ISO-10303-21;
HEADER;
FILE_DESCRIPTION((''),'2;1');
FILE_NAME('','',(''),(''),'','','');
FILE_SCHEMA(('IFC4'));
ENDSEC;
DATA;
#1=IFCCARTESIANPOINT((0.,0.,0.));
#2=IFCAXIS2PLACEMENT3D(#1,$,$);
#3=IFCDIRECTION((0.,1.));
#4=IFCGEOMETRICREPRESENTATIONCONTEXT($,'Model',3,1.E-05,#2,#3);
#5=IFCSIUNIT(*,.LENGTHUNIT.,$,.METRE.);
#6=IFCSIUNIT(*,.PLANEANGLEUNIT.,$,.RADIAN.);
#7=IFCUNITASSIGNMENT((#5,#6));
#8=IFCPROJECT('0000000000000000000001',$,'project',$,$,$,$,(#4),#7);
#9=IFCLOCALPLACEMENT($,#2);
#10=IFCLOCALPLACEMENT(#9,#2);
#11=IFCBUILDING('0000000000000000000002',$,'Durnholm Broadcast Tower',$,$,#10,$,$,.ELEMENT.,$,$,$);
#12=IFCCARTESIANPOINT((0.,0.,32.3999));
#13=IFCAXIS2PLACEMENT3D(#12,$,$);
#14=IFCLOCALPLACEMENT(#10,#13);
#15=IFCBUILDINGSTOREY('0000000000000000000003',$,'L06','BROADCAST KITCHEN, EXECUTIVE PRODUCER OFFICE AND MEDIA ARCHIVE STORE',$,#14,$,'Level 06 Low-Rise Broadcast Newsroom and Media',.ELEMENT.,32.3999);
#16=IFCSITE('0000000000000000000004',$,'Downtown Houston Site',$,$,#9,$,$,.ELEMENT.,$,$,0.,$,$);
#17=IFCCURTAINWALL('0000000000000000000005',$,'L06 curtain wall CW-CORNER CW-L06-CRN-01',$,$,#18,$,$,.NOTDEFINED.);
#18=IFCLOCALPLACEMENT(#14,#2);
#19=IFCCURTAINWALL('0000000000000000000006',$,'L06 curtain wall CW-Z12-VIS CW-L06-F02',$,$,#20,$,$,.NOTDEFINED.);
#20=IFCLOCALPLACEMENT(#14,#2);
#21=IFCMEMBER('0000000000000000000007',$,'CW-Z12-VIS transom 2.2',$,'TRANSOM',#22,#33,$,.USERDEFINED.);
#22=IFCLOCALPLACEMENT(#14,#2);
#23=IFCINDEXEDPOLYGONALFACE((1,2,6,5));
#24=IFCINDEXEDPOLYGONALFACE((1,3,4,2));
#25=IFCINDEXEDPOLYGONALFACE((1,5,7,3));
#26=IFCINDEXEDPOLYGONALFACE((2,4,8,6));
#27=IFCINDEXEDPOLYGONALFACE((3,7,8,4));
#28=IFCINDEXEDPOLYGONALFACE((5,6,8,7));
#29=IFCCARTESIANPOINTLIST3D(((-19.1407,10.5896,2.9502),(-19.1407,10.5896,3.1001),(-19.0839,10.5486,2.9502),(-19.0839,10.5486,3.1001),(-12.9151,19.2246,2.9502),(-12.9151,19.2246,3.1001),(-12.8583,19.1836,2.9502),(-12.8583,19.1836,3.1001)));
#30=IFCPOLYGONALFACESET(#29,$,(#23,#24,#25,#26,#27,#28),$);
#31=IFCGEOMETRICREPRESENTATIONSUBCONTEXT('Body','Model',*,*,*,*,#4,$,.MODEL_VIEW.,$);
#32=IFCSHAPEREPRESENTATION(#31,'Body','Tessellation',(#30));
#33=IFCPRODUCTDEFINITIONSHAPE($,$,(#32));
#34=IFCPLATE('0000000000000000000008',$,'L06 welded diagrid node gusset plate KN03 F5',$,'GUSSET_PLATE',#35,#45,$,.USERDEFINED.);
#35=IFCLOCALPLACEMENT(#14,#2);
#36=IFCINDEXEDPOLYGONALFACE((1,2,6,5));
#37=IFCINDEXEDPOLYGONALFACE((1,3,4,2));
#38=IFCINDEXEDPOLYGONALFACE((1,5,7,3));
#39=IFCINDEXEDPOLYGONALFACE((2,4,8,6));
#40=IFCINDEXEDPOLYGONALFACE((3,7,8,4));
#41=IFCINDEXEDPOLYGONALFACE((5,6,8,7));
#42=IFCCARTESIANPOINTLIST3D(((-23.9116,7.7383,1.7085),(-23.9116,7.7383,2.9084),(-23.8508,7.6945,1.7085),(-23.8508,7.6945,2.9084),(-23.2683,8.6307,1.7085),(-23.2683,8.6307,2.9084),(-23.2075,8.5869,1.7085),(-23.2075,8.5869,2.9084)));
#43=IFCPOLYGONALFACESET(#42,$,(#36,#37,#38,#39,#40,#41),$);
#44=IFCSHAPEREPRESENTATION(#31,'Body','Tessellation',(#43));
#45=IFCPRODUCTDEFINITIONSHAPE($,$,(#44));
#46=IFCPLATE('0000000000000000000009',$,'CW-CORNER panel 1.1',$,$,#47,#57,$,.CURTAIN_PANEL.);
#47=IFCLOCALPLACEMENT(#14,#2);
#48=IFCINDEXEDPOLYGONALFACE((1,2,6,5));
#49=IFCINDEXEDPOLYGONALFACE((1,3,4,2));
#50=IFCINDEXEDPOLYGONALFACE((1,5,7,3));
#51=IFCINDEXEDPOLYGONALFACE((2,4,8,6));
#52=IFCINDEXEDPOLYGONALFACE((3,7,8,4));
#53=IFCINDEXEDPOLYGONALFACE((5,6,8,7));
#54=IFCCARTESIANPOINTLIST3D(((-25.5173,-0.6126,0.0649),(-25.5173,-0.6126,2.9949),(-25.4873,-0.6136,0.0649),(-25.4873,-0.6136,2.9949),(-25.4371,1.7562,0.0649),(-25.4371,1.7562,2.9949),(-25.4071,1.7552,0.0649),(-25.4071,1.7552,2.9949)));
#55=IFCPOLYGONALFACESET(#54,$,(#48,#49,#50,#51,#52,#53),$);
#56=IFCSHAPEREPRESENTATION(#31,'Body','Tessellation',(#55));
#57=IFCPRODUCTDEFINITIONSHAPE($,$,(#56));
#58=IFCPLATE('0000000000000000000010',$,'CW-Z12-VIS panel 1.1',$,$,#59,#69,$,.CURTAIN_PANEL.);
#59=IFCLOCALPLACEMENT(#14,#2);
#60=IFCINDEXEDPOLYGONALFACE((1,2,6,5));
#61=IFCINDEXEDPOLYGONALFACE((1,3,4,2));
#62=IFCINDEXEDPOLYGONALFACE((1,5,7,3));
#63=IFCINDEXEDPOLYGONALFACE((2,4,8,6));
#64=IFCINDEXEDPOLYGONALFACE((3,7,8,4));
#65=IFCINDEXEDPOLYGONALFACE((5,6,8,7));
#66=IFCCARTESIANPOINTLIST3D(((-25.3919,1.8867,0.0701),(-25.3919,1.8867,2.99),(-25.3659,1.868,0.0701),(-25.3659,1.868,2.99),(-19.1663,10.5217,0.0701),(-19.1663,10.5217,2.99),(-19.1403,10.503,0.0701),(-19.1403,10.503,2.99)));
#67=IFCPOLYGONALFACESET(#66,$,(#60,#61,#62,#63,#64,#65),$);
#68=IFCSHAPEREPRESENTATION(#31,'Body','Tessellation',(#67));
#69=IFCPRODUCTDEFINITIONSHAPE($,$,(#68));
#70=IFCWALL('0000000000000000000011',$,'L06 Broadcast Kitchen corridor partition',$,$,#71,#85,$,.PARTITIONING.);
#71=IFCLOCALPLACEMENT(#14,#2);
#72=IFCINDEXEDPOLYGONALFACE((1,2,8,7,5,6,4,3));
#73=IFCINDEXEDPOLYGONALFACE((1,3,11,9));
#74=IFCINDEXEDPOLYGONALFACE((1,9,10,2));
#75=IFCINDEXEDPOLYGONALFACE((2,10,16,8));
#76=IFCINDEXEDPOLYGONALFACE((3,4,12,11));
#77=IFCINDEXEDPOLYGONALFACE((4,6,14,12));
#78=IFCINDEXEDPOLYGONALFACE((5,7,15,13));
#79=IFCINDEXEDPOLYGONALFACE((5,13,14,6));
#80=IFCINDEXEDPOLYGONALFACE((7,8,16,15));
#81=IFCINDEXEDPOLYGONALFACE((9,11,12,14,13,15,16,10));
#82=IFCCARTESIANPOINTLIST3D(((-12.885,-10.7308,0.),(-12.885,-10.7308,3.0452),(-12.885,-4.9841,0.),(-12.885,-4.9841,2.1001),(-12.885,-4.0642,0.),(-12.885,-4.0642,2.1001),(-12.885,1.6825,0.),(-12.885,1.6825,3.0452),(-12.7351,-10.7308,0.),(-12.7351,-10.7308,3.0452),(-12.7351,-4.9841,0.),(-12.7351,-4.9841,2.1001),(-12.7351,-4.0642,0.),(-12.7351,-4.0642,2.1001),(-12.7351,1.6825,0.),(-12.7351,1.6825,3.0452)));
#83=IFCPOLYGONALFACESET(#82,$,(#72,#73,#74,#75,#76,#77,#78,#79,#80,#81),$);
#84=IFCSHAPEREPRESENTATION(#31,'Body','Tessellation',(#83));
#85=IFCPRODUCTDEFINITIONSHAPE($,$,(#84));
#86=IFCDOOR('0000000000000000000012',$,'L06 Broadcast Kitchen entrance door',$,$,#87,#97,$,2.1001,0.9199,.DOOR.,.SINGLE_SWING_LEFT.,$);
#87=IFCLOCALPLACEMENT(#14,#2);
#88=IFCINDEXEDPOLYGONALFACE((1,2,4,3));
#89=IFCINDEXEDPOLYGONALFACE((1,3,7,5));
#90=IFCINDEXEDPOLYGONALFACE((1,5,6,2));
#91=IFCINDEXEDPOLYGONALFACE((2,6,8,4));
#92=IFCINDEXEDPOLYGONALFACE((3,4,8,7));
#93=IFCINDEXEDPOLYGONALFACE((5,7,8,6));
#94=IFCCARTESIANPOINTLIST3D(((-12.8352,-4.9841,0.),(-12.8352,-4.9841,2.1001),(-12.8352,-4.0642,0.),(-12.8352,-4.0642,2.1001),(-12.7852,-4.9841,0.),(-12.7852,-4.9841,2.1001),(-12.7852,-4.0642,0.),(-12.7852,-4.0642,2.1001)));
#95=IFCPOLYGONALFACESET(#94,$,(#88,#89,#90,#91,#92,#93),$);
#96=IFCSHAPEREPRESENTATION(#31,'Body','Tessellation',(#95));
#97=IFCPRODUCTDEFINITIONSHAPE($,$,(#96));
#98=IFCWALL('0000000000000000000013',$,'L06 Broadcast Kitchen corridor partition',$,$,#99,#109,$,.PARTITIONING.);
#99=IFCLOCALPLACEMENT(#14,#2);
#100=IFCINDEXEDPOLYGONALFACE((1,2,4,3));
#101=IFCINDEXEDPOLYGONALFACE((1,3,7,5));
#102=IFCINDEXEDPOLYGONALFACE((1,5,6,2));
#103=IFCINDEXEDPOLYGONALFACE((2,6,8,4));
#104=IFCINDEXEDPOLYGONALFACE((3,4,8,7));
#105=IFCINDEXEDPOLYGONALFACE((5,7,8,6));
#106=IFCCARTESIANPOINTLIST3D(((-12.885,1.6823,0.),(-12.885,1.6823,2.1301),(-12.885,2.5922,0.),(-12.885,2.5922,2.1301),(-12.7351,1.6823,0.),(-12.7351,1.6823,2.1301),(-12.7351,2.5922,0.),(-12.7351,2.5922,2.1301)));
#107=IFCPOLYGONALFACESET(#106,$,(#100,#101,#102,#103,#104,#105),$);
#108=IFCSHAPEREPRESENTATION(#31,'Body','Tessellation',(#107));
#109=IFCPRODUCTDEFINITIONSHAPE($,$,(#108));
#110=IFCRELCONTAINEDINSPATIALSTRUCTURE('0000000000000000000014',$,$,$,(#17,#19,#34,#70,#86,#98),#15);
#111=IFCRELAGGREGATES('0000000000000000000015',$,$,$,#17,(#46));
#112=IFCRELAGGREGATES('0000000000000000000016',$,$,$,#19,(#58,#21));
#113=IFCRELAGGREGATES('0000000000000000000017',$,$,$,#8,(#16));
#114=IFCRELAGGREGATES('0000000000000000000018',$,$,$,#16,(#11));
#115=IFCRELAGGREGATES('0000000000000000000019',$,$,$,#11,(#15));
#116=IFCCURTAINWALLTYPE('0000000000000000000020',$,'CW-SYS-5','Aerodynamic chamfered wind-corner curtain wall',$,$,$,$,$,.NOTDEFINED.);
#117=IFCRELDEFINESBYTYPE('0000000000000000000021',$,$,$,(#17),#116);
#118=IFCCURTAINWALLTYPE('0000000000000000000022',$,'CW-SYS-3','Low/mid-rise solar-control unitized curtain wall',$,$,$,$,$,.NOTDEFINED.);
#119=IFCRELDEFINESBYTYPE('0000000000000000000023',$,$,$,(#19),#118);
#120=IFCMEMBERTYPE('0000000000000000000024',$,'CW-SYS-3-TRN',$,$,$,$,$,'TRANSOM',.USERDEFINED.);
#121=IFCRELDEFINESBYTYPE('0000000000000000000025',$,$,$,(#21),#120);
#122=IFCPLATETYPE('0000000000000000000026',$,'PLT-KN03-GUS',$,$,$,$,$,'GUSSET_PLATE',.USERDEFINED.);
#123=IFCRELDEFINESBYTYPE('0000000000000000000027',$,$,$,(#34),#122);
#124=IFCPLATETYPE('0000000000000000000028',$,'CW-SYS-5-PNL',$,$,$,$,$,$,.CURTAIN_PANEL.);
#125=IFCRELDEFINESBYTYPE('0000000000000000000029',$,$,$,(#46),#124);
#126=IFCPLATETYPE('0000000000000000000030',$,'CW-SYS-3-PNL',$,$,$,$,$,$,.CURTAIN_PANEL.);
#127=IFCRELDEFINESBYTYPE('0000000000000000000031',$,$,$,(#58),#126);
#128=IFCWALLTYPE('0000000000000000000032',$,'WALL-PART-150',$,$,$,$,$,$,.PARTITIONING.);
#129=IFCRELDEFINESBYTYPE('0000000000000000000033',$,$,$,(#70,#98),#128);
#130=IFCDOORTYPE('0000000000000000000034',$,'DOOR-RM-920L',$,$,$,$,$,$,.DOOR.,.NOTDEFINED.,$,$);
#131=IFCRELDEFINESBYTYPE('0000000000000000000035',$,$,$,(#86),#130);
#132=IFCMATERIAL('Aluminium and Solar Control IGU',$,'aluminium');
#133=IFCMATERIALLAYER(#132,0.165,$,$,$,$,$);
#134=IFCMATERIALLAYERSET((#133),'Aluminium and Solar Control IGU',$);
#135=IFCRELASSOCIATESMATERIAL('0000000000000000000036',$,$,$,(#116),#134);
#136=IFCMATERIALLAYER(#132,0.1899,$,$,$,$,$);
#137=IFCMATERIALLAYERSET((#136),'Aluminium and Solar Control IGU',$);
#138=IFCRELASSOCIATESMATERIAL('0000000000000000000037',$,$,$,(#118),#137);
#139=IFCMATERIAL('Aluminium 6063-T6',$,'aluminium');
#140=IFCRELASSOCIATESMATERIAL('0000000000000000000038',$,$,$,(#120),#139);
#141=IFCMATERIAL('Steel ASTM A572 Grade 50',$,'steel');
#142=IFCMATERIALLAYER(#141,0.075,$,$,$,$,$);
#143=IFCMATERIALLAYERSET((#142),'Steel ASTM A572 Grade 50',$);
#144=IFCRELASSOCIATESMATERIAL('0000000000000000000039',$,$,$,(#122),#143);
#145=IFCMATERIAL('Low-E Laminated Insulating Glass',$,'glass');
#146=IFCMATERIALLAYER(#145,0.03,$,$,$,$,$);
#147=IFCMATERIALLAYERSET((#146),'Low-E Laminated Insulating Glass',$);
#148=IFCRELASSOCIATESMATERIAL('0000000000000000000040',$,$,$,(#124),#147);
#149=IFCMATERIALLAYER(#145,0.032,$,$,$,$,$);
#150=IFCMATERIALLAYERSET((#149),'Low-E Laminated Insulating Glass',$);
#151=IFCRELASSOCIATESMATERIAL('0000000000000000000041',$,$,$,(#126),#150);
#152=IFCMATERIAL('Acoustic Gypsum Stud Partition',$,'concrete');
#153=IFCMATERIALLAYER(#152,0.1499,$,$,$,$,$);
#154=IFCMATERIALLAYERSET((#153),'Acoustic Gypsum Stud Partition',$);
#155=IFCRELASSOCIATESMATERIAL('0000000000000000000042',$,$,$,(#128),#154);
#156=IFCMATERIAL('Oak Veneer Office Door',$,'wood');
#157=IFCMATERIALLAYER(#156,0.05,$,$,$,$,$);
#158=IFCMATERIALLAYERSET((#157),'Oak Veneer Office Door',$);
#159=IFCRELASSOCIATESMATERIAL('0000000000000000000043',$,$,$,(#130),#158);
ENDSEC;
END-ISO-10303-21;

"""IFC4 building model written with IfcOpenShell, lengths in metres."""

from ifc_helpers import new_model, si_unit, direction, frame, frame_2d, origin, origin_2d, place, context, subcontext, project, spatial, rectangle, extrude, source, transform, mapped, material, layer, layer_set, material_profile, profile_set, type_object, type_shapes, element, fill, aggregate, save


model = new_model("IFC4")

# Units and contexts
model_context = context("Model", 3, precision=1e-05, world=origin(), true_north=direction((0.0, 1.0)))
body_context = subcontext(model_context, "Body", "Model", "MODEL_VIEW")
ifc_project = project(units=[si_unit("LENGTHUNIT", "METRE"), si_unit("PLANEANGLEUNIT", "RADIAN")], contexts=[model_context])

# Site, building, storey
site_placement = place(None, origin())
site = spatial("IfcSite", under=ifc_project, at=site_placement, Name="Downtown Houston Site", CompositionType="ELEMENT", RefElevation=0.0)
building_placement = place(site_placement, origin())
building = spatial("IfcBuilding", under=site, at=building_placement, Name="Durnholm Broadcast Tower", CompositionType="ELEMENT")
storey_placement = place(building_placement, frame((0.0, 0.0, 32.3999)))
storey = spatial("IfcBuildingStorey", under=building, at=storey_placement, Name="L06", Description="BROADCAST KITCHEN, EXECUTIVE PRODUCER OFFICE AND MEDIA ARCHIVE STORE", LongName="Level 06 Low-Rise Broadcast Newsroom and Media", CompositionType="ELEMENT", Elevation=32.3999)

# Curtain wall
ifc_material_1 = material(Name="Aluminium and Solar Control IGU", Category="aluminium")
ifc_layer_1 = layer(ifc_material_1, 0.165)
ifc_layer_set_1 = layer_set([ifc_layer_1], Name="Aluminium and Solar Control IGU")
curtain_wall_type_1 = type_object("IfcCurtainWallType", Name="CW-SYS-5", Description="Aerodynamic chamfered wind-corner curtain wall", PredefinedType="NOTDEFINED", material=ifc_layer_set_1)
curtain_wall_1_placement = place(storey_placement, origin())
curtain_wall_1 = element("IfcCurtainWall", 1, at=curtain_wall_1_placement, inside=storey, type_object=curtain_wall_type_1, Name="L06 curtain wall CW-CORNER CW-L06-CRN-01", PredefinedType="NOTDEFINED")
ifc_material_2 = material(Name="Aluminium 6063-T6", Category="aluminium")

# Curtain wall, member
ifc_layer_2 = layer(ifc_material_1, 0.1899)
ifc_layer_set_2 = layer_set([ifc_layer_2], Name="Aluminium and Solar Control IGU")
curtain_wall_type_2 = type_object("IfcCurtainWallType", Name="CW-SYS-3", Description="Low/mid-rise solar-control unitized curtain wall", PredefinedType="NOTDEFINED", material=ifc_layer_set_2)
curtain_wall_2_placement = place(storey_placement, origin())
curtain_wall_2 = element("IfcCurtainWall", 2, at=curtain_wall_2_placement, inside=storey, type_object=curtain_wall_type_2, Name="L06 curtain wall CW-Z12-VIS CW-L06-F02", PredefinedType="NOTDEFINED")
ifc_material_profile_1 = material_profile(ifc_material_2, rectangle(XDim=0.0701, YDim=0.1499, at=origin_2d()), Name="CWT70X150")
ifc_profile_set_1 = profile_set([ifc_material_profile_1], Name="Aluminium 6063-T6")
member_type_1 = type_object("IfcMemberType", Name="CW-SYS-3-TRN", ElementType="TRANSOM", PredefinedType="USERDEFINED", material=ifc_profile_set_1)
shared_shape_1 = source(origin(), body_context, "Body", "SweptSolid", [
    extrude(rectangle(XDim=0.0701, YDim=0.1499, at=origin_2d()), origin(), (0.0, 0.0, 1.0), 10.6453),
])
member_1_placement = place(storey_placement, frame((-19.1123, 10.5691, 3.0251), z_axis=(0.584823, 0.811161, 0.0), x_axis=(-0.811161, 0.584823, 0.0)))
member_1 = element("IfcMember", 3, at=member_1_placement, type_object=member_type_1, Name="CW-Z12-VIS transom 2.2", ObjectType="TRANSOM", PredefinedType="USERDEFINED", context=body_context, shape_type="MappedRepresentation", body=[
    mapped(shared_shape_1, transform((0.0, 0.0, 0.0), x_axis=(1.0, 0.0, 0.0), y_axis=(0.0, 1.0, 0.0), z_axis=(0.0, 0.0, 1.0), scale=1.0)),
])

# Plates
ifc_material_3 = material(Name="Steel ASTM A572 Grade 50", Category="steel")
ifc_layer_3 = layer(ifc_material_3, 0.075)
ifc_layer_set_3 = layer_set([ifc_layer_3], Name="Steel ASTM A572 Grade 50")
plate_type_1 = type_object("IfcPlateType", Name="PLT-KN03-GUS", ElementType="GUSSET_PLATE", PredefinedType="USERDEFINED", material=ifc_layer_set_3)
shared_shape_2 = source(origin(), body_context, "Body", "SweptSolid", [
    extrude(rectangle(XDim=1.1001, YDim=0.075, at=origin_2d()), origin(), (0.0, 0.0, 1.0), 1.2),
])
type_shapes(plate_type_1, [shared_shape_2])
plate_1_placement = place(storey_placement, frame((-23.5596, 8.1626, 1.7085), z_axis=(0.0, 0.0, 1.0), x_axis=(-0.584816, -0.811166, 0.0)))
element("IfcPlate", 4, at=plate_1_placement, inside=storey, type_object=plate_type_1, Name="L06 welded diagrid node gusset plate KN03 F5", ObjectType="GUSSET_PLATE", PredefinedType="USERDEFINED", context=body_context, shape_type="MappedRepresentation", body=[
    mapped(shared_shape_2, transform((0.0, 0.0, 0.0), x_axis=(1.0, 0.0, 0.0), y_axis=(0.0, 1.0, 0.0), z_axis=(0.0, 0.0, 1.0), scale=1.0)),
])
ifc_material_4 = material(Name="Low-E Laminated Insulating Glass", Category="glass")
ifc_layer_4 = layer(ifc_material_4, 0.03)
ifc_layer_set_4 = layer_set([ifc_layer_4], Name="Low-E Laminated Insulating Glass")
plate_type_2 = type_object("IfcPlateType", Name="CW-SYS-5-PNL", PredefinedType="CURTAIN_PANEL", material=ifc_layer_set_4)
shared_shape_3 = source(origin(), body_context, "Body", "SweptSolid", [
    extrude(rectangle(XDim=2.3701, YDim=0.03, at=origin_2d()), origin(), (0.0, 0.0, 1.0), 2.9299),
])
type_shapes(plate_type_2, [shared_shape_3])
plate_2_placement = place(storey_placement, frame((-25.4622, 0.5713, 0.0649), z_axis=(0.0, 0.0, 1.0), x_axis=(0.03384, 0.999427, 0.0)))
plate_2 = element("IfcPlate", 5, at=plate_2_placement, type_object=plate_type_2, Name="CW-CORNER panel 1.1", PredefinedType="CURTAIN_PANEL", context=body_context, shape_type="MappedRepresentation", body=[
    mapped(shared_shape_3, transform((0.0, 0.0, 0.0), x_axis=(1.0, 0.0, 0.0), y_axis=(0.0, 1.0, 0.0), z_axis=(0.0, 0.0, 1.0), scale=1.0)),
])
aggregate(curtain_wall_1, [plate_2])
ifc_layer_5 = layer(ifc_material_4, 0.032)
ifc_layer_set_5 = layer_set([ifc_layer_5], Name="Low-E Laminated Insulating Glass")
plate_type_3 = type_object("IfcPlateType", Name="CW-SYS-3-PNL", PredefinedType="CURTAIN_PANEL", material=ifc_layer_set_5)
shared_shape_4 = source(origin(), body_context, "Body", "SweptSolid", [
    extrude(rectangle(XDim=10.6453, YDim=0.032, at=origin_2d()), origin(), (0.0, 0.0, 1.0), 2.9199),
])
type_shapes(plate_type_3, [shared_shape_4])
plate_3_placement = place(storey_placement, frame((-22.2661, 6.1948, 0.0701), z_axis=(0.0, 0.0, 1.0), x_axis=(0.584823, 0.811161, 0.0)))
plate_3 = element("IfcPlate", 6, at=plate_3_placement, type_object=plate_type_3, Name="CW-Z12-VIS panel 1.1", PredefinedType="CURTAIN_PANEL", context=body_context, shape_type="MappedRepresentation", body=[
    mapped(shared_shape_4, transform((0.0, 0.0, 0.0), x_axis=(1.0, 0.0, 0.0), y_axis=(0.0, 1.0, 0.0), z_axis=(0.0, 0.0, 1.0), scale=1.0)),
])
aggregate(curtain_wall_2, [plate_3, member_1])

# Wall, opening, door
ifc_material_5 = material(Name="Acoustic Gypsum Stud Partition", Category="concrete")
ifc_layer_6 = layer(ifc_material_5, 0.1499)
ifc_layer_set_6 = layer_set([ifc_layer_6], Name="Acoustic Gypsum Stud Partition")
wall_type = type_object("IfcWallType", Name="WALL-PART-150", PredefinedType="PARTITIONING", material=ifc_layer_set_6)
wall_1_placement = place(storey_placement, frame((-12.8101, 1.6824, 0.0), z_axis=(0.0, 0.0, 1.0), x_axis=(0.0, -1.0, 0.0)))
wall_1 = element("IfcWall", 7, at=wall_1_placement, inside=storey, type_object=wall_type, Name="L06 Broadcast Kitchen corridor partition", PredefinedType="PARTITIONING", context=body_context, shape_type="SweptSolid", body=[
    extrude(rectangle(XDim=12.4133, YDim=0.1499, at=frame_2d((6.2065, 0.0))), origin(), (0.0, 0.0, 1.0), 3.0452),
])
opening_placement = place(wall_1_placement, frame((5.7466, 0.0, 0.0)))
opening = element("IfcOpeningElement", 8, at=opening_placement, cuts=wall_1, PredefinedType="OPENING", context=body_context, shape_type="SweptSolid", body=[
    extrude(rectangle(XDim=0.9199, YDim=2.1001, at=frame_2d((0.46, 1.05))), frame((0.0, 0.085, 0.0), z_axis=(0.0, -1.0, 0.0), x_axis=(1.0, 0.0, 0.0)), (0.0, 0.0, 1.0), 0.1699),
])
ifc_material_6 = material(Name="Oak Veneer Office Door", Category="wood")
ifc_layer_7 = layer(ifc_material_6, 0.05)
ifc_layer_set_7 = layer_set([ifc_layer_7], Name="Oak Veneer Office Door")
door_type = type_object("IfcDoorType", Name="DOOR-RM-920L", OperationType="NOTDEFINED", PredefinedType="DOOR", material=ifc_layer_set_7)
shared_shape_5 = source(origin(), body_context, "Body", "SweptSolid", [
    extrude(rectangle(XDim=0.9199, YDim=2.1001, at=frame_2d((0.46, 1.05))), frame((0.0, 0.0249, 0.0), z_axis=(0.0, -1.0, 0.0), x_axis=(1.0, 0.0, 0.0)), (0.0, 0.0, 1.0), 0.05),
])
type_shapes(door_type, [shared_shape_5])
door_placement = place(opening_placement, origin())
door = element("IfcDoor", 9, at=door_placement, inside=storey, type_object=door_type, Name="L06 Broadcast Kitchen entrance door", OperationType="SINGLE_SWING_LEFT", OverallHeight=2.1001, OverallWidth=0.9199, PredefinedType="DOOR", context=body_context, shape_type="MappedRepresentation", body=[
    mapped(shared_shape_5, transform((0.0, 0.0, 0.0), x_axis=(1.0, 0.0, 0.0), y_axis=(0.0, 1.0, 0.0), z_axis=(0.0, 0.0, 1.0), scale=1.0)),
])
fill(opening, door)

# Wall
wall_2_placement = place(storey_placement, frame((-12.8101, 2.5923, 0.0), z_axis=(0.0, 0.0, 1.0), x_axis=(0.0, -1.0, 0.0)))
element("IfcWall", 10, at=wall_2_placement, inside=storey, type_object=wall_type, Name="L06 Broadcast Kitchen corridor partition", PredefinedType="PARTITIONING", context=body_context, shape_type="SweptSolid", body=[
    extrude(rectangle(XDim=0.9099, YDim=0.1499, at=frame_2d((0.4551, 0.0))), origin(), (0.0, 0.0, 1.0), 2.1301),
])

save(model, "model.ifc")
